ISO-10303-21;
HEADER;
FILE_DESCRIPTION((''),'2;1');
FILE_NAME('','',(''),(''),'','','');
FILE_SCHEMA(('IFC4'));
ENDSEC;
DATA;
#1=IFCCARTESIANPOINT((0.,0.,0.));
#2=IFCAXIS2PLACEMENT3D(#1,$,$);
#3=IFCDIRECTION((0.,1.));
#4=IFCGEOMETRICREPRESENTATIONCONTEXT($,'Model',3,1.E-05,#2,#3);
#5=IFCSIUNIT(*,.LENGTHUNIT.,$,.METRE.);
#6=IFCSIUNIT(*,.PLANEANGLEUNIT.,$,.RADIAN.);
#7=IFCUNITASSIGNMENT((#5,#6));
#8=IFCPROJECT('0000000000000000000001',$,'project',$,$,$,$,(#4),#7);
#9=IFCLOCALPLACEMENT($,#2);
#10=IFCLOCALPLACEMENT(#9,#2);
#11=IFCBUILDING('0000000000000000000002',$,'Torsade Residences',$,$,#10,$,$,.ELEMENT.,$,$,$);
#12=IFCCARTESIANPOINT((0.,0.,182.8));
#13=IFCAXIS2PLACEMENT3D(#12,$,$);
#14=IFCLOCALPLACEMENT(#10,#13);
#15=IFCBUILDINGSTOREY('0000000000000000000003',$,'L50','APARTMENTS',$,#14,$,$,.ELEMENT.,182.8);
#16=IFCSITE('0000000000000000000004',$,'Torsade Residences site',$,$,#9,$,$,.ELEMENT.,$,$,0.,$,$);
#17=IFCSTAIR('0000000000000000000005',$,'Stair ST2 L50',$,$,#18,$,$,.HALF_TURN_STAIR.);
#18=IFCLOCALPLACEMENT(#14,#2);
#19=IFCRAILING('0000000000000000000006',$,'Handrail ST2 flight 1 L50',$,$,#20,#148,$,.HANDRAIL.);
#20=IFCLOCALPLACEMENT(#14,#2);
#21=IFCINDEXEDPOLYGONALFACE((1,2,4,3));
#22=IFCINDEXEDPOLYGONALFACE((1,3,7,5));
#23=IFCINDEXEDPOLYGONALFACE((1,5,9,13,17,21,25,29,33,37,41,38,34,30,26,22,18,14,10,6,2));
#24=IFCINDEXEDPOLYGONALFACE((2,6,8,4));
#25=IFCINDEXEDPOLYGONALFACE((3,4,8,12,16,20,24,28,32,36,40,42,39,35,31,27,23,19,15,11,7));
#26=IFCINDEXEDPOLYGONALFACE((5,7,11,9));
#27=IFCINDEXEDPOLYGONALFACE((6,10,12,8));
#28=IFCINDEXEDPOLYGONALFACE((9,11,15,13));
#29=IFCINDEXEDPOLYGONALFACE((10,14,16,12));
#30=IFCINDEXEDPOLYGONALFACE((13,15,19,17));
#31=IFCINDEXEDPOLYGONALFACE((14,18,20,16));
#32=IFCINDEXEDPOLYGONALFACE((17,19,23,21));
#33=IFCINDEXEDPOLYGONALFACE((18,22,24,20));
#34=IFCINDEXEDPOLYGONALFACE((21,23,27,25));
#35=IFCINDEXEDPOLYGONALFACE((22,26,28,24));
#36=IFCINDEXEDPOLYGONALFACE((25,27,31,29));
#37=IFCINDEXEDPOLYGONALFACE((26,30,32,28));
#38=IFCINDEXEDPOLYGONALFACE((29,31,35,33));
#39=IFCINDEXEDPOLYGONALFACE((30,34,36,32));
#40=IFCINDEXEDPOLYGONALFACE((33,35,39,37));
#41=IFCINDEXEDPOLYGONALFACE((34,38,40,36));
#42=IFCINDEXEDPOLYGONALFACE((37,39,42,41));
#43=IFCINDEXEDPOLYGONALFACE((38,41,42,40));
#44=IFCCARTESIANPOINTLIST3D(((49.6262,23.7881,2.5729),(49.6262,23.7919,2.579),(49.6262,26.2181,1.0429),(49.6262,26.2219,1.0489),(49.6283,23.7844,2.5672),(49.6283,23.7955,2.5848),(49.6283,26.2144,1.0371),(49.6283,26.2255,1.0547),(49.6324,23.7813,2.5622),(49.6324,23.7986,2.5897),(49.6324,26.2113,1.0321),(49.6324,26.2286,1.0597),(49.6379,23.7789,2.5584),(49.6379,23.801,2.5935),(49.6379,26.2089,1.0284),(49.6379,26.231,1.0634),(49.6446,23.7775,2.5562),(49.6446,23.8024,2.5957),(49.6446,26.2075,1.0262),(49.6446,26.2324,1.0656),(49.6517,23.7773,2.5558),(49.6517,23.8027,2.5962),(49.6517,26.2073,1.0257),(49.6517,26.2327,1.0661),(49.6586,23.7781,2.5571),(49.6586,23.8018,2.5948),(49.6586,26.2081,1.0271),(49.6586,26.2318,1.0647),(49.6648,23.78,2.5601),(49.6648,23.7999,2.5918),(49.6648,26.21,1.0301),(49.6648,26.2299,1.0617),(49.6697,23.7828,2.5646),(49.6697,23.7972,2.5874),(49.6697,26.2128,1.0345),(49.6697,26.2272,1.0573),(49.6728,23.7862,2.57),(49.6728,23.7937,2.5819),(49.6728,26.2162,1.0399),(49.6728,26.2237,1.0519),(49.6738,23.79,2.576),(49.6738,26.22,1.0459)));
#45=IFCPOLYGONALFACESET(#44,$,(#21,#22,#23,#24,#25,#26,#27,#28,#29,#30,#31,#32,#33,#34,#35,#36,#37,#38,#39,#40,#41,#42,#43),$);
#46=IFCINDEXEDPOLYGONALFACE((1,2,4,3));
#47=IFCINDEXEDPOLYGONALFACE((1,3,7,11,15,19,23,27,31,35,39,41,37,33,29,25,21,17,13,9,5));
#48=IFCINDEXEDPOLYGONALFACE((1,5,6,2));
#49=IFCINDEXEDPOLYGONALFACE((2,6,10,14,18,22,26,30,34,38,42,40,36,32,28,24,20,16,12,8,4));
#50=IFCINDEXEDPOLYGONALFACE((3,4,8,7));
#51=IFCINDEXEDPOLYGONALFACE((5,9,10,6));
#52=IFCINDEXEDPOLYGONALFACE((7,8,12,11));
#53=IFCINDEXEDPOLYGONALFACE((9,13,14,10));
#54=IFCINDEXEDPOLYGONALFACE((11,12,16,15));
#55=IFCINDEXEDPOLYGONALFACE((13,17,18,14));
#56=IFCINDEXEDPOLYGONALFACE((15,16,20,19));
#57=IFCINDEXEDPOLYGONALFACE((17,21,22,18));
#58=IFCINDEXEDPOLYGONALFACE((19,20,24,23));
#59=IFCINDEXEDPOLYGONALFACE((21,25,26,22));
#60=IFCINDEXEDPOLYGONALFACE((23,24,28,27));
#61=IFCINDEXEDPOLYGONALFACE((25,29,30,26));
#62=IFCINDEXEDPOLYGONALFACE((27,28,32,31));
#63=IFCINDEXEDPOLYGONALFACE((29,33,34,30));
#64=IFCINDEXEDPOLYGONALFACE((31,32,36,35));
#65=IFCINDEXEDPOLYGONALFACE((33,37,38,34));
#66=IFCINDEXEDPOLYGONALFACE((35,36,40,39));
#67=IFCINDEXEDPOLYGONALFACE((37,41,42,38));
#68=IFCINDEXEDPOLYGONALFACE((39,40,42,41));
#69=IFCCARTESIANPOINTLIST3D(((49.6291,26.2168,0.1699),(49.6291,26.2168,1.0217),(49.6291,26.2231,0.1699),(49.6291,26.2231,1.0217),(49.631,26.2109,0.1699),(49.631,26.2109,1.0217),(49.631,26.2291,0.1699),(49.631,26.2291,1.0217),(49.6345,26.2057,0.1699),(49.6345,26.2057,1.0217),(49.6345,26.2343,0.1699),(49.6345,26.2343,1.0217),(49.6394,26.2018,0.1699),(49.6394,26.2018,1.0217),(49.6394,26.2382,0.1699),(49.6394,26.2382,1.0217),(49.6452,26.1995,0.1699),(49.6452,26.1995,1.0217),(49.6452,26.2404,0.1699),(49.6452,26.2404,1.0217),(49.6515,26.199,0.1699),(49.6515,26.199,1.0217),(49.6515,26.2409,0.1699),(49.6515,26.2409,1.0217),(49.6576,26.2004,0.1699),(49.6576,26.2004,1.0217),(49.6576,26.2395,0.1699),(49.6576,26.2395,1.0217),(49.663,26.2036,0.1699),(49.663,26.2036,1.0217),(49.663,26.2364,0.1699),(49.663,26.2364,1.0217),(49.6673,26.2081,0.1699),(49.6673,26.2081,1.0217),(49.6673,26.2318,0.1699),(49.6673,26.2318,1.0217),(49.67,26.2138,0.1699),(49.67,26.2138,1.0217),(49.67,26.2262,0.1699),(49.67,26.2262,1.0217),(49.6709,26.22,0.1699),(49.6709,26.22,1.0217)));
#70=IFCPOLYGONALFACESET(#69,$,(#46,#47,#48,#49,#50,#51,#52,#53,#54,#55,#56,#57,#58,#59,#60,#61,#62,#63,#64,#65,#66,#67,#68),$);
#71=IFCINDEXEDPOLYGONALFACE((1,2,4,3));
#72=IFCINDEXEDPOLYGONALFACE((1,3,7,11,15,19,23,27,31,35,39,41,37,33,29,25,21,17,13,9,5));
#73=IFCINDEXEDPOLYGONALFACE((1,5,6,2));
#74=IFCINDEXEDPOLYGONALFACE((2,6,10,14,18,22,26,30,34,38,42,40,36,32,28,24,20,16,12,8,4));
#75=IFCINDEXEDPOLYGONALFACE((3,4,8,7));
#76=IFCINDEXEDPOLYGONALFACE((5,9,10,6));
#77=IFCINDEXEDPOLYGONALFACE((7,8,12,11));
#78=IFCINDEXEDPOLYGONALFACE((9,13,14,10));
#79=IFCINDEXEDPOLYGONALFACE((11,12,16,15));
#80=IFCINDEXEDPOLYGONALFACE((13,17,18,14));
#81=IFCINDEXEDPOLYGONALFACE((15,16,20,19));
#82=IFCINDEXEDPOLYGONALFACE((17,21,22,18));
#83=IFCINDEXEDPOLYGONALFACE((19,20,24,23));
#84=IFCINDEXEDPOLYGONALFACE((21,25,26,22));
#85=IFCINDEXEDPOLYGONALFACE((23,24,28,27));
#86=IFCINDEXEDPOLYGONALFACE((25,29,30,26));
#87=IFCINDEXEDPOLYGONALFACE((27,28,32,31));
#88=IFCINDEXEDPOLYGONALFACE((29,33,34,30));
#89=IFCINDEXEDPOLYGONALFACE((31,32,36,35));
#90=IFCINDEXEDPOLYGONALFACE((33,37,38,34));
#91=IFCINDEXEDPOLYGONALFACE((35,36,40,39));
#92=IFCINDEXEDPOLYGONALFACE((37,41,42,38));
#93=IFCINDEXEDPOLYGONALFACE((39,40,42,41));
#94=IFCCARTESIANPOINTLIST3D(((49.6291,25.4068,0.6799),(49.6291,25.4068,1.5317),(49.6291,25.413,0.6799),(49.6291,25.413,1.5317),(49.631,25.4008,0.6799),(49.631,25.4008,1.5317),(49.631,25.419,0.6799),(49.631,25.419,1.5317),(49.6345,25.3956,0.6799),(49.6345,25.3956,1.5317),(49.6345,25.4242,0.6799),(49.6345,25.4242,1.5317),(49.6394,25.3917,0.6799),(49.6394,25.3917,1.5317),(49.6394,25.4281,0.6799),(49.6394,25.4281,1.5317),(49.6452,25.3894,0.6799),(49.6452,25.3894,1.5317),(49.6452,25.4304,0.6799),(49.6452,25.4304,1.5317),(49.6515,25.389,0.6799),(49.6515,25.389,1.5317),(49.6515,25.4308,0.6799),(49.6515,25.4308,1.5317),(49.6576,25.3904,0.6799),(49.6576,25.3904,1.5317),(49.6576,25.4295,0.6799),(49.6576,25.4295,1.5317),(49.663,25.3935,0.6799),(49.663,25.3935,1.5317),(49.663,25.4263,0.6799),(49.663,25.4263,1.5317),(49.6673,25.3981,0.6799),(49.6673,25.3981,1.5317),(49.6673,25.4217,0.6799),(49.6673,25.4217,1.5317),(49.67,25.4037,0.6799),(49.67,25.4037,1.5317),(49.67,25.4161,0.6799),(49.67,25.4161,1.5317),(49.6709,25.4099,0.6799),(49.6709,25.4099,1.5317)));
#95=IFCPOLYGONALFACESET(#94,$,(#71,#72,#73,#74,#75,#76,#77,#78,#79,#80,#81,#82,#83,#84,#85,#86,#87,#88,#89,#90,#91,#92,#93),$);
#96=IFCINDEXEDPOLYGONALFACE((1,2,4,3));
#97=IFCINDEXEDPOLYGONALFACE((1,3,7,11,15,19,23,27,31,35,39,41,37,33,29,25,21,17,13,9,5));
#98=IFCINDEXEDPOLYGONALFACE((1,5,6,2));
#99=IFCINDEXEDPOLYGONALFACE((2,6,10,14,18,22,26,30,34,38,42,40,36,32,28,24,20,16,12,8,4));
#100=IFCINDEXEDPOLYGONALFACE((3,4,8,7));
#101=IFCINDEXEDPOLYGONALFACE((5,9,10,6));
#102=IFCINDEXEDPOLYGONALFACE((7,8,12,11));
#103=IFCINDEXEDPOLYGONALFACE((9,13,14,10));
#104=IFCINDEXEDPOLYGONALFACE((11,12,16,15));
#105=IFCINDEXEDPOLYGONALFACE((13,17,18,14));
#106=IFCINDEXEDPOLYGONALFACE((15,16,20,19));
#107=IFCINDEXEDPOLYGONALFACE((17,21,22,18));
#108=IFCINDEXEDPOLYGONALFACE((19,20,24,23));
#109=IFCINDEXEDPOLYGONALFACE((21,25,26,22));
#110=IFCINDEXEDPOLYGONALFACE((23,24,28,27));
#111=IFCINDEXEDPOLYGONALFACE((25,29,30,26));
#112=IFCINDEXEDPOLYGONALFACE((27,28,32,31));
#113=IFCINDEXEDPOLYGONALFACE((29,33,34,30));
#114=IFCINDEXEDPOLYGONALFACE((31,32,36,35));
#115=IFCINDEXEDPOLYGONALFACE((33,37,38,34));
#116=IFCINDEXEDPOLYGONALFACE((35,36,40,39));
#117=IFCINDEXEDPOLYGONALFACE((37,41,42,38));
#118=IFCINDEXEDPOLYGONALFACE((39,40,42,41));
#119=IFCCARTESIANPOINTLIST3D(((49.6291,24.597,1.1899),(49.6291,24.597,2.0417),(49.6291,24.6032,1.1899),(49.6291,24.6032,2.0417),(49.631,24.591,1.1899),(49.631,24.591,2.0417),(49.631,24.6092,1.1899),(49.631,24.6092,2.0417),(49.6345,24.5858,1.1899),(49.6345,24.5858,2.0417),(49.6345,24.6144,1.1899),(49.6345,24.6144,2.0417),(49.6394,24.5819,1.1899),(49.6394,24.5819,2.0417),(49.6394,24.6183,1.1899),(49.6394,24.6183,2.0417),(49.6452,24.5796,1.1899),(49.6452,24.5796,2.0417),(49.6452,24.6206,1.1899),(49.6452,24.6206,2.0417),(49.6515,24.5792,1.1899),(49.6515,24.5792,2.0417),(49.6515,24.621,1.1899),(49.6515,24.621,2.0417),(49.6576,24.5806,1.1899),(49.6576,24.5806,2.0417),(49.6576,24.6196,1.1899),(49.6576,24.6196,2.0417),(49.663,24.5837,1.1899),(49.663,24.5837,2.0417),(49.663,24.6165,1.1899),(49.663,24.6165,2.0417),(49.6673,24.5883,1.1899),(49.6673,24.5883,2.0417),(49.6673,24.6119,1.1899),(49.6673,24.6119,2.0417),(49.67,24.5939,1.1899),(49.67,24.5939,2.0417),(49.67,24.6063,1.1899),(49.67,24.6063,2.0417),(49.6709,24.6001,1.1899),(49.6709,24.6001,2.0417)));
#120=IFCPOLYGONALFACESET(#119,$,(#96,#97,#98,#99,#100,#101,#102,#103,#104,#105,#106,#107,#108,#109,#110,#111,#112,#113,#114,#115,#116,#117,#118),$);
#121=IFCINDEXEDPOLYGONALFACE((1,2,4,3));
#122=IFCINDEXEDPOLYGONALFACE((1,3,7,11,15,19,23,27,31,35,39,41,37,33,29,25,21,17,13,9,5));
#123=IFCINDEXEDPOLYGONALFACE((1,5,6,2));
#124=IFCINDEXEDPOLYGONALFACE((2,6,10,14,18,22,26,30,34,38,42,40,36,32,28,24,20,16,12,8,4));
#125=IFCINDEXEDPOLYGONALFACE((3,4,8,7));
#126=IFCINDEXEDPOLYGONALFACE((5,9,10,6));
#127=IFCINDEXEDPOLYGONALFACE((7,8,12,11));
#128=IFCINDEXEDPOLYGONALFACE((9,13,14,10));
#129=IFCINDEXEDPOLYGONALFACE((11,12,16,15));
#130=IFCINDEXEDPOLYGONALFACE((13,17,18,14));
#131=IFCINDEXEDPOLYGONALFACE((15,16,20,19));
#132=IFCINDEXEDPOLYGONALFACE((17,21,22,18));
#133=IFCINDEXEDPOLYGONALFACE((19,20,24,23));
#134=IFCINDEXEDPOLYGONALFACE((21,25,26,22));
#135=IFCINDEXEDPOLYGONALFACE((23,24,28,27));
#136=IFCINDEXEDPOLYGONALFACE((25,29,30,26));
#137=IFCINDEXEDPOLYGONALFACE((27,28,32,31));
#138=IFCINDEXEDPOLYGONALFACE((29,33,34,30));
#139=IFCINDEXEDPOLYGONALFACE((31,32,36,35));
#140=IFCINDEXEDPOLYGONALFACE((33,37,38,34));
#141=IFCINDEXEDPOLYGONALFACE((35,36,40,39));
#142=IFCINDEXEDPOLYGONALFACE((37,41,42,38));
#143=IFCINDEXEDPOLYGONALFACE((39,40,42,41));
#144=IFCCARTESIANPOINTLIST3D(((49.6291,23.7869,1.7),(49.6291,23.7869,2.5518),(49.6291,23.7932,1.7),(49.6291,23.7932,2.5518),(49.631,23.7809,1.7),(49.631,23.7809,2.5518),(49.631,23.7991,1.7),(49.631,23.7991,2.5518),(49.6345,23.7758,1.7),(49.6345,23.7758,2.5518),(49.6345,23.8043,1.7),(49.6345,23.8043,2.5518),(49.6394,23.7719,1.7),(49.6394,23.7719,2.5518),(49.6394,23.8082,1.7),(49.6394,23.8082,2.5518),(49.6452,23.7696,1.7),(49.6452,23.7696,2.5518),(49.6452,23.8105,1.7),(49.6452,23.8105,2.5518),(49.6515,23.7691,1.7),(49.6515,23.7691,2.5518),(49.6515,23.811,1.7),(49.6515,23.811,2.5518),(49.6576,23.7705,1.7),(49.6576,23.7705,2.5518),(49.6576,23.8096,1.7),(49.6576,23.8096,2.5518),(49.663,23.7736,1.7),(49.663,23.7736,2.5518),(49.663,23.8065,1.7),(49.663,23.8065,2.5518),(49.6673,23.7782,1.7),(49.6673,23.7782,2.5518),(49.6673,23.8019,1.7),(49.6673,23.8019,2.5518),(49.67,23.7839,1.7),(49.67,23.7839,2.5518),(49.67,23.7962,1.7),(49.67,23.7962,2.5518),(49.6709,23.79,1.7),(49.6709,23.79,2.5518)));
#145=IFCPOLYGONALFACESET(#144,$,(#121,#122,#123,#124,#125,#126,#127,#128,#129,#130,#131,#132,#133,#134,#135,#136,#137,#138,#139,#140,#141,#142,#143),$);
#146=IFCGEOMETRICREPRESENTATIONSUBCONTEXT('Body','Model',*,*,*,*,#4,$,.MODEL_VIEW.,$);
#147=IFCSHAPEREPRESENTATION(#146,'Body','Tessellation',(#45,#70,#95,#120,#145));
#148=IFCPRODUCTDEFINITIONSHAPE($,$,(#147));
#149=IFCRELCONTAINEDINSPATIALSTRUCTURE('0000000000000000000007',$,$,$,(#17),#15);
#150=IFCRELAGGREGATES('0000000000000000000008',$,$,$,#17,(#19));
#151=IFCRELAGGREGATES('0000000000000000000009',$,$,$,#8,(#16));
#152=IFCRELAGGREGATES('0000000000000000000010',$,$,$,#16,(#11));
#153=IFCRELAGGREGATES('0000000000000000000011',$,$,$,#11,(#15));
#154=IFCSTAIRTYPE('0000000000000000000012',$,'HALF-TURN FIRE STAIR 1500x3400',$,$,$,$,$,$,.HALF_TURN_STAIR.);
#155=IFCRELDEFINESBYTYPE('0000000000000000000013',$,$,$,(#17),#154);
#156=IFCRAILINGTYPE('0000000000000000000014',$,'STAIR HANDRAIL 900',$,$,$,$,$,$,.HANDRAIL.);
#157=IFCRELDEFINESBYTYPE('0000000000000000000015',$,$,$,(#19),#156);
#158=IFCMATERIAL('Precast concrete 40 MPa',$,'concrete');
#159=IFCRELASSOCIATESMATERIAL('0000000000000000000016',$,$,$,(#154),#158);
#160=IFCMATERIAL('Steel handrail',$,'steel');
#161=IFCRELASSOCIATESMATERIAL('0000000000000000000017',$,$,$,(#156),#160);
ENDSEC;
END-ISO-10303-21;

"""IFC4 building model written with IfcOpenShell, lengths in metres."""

from ifc_helpers import new_model, si_unit, direction, frame, origin, origin_2d, place, context, subcontext, project, spatial, circle, extrude, material, type_object, element, aggregate, save


model = new_model("IFC4")

# Units and contexts
model_context = context("Model", 3, precision=1e-05, world=origin(), true_north=direction((0.0, 1.0)))
body_context = subcontext(model_context, "Body", "Model", "MODEL_VIEW")
ifc_project = project(units=[si_unit("LENGTHUNIT", "METRE"), si_unit("PLANEANGLEUNIT", "RADIAN")], contexts=[model_context])

# Site, building, storey
site_placement = place(None, origin())
site = spatial("IfcSite", under=ifc_project, at=site_placement, Name="Torsade Residences site", CompositionType="ELEMENT", RefElevation=0.0)
building_placement = place(site_placement, origin())
building = spatial("IfcBuilding", under=site, at=building_placement, Name="Torsade Residences", CompositionType="ELEMENT")
storey_placement = place(building_placement, frame((0.0, 0.0, 182.8)))
storey = spatial("IfcBuildingStorey", under=building, at=storey_placement, Name="L50", Description="APARTMENTS", CompositionType="ELEMENT", Elevation=182.8)

# Stair, railing
ifc_material_1 = material(Name="Precast concrete 40 MPa", Category="concrete")
stair_type = type_object("IfcStairType", Name="HALF-TURN FIRE STAIR 1500x3400", PredefinedType="HALF_TURN_STAIR", material=ifc_material_1)
stair_placement = place(storey_placement, origin())
stair = element("IfcStair", 1, at=stair_placement, inside=storey, type_object=stair_type, Name="Stair ST2 L50", PredefinedType="HALF_TURN_STAIR")
ifc_material_2 = material(Name="Steel handrail", Category="steel")
railing_type = type_object("IfcRailingType", Name="STAIR HANDRAIL 900", PredefinedType="HANDRAIL", material=ifc_material_2)
railing_1_placement = place(storey_placement, frame((49.6499, 26.22, 0.1699)))
railing_1 = element("IfcRailing", 2, at=railing_1_placement, type_object=railing_type, Name="Handrail ST2 flight 1 L50", PredefinedType="HANDRAIL", context=body_context, shape_type="SweptSolid", body=[
    extrude(circle(Radius=0.0239, at=origin_2d()), frame((0.0, 0.0, 0.876), z_axis=(0.0, -0.846221, 0.532831), x_axis=(1.0, 0.0, 0.0)), (0.0, 0.0, 1.0), 2.8716),
    extrude(circle(Radius=0.021, at=origin_2d()), origin(), (0.0, 0.0, 1.0), 0.8518),
    extrude(circle(Radius=0.021, at=origin_2d()), frame((0.0, -0.8101, 0.51)), (0.0, 0.0, 1.0), 0.8518),
    extrude(circle(Radius=0.021, at=origin_2d()), frame((0.0, -1.6199, 1.02)), (0.0, 0.0, 1.0), 0.8518),
    extrude(circle(Radius=0.021, at=origin_2d()), frame((0.0, -2.4299, 1.53)), (0.0, 0.0, 1.0), 0.8518),
])
aggregate(stair, [railing_1])

save(model, "model.ifc")
